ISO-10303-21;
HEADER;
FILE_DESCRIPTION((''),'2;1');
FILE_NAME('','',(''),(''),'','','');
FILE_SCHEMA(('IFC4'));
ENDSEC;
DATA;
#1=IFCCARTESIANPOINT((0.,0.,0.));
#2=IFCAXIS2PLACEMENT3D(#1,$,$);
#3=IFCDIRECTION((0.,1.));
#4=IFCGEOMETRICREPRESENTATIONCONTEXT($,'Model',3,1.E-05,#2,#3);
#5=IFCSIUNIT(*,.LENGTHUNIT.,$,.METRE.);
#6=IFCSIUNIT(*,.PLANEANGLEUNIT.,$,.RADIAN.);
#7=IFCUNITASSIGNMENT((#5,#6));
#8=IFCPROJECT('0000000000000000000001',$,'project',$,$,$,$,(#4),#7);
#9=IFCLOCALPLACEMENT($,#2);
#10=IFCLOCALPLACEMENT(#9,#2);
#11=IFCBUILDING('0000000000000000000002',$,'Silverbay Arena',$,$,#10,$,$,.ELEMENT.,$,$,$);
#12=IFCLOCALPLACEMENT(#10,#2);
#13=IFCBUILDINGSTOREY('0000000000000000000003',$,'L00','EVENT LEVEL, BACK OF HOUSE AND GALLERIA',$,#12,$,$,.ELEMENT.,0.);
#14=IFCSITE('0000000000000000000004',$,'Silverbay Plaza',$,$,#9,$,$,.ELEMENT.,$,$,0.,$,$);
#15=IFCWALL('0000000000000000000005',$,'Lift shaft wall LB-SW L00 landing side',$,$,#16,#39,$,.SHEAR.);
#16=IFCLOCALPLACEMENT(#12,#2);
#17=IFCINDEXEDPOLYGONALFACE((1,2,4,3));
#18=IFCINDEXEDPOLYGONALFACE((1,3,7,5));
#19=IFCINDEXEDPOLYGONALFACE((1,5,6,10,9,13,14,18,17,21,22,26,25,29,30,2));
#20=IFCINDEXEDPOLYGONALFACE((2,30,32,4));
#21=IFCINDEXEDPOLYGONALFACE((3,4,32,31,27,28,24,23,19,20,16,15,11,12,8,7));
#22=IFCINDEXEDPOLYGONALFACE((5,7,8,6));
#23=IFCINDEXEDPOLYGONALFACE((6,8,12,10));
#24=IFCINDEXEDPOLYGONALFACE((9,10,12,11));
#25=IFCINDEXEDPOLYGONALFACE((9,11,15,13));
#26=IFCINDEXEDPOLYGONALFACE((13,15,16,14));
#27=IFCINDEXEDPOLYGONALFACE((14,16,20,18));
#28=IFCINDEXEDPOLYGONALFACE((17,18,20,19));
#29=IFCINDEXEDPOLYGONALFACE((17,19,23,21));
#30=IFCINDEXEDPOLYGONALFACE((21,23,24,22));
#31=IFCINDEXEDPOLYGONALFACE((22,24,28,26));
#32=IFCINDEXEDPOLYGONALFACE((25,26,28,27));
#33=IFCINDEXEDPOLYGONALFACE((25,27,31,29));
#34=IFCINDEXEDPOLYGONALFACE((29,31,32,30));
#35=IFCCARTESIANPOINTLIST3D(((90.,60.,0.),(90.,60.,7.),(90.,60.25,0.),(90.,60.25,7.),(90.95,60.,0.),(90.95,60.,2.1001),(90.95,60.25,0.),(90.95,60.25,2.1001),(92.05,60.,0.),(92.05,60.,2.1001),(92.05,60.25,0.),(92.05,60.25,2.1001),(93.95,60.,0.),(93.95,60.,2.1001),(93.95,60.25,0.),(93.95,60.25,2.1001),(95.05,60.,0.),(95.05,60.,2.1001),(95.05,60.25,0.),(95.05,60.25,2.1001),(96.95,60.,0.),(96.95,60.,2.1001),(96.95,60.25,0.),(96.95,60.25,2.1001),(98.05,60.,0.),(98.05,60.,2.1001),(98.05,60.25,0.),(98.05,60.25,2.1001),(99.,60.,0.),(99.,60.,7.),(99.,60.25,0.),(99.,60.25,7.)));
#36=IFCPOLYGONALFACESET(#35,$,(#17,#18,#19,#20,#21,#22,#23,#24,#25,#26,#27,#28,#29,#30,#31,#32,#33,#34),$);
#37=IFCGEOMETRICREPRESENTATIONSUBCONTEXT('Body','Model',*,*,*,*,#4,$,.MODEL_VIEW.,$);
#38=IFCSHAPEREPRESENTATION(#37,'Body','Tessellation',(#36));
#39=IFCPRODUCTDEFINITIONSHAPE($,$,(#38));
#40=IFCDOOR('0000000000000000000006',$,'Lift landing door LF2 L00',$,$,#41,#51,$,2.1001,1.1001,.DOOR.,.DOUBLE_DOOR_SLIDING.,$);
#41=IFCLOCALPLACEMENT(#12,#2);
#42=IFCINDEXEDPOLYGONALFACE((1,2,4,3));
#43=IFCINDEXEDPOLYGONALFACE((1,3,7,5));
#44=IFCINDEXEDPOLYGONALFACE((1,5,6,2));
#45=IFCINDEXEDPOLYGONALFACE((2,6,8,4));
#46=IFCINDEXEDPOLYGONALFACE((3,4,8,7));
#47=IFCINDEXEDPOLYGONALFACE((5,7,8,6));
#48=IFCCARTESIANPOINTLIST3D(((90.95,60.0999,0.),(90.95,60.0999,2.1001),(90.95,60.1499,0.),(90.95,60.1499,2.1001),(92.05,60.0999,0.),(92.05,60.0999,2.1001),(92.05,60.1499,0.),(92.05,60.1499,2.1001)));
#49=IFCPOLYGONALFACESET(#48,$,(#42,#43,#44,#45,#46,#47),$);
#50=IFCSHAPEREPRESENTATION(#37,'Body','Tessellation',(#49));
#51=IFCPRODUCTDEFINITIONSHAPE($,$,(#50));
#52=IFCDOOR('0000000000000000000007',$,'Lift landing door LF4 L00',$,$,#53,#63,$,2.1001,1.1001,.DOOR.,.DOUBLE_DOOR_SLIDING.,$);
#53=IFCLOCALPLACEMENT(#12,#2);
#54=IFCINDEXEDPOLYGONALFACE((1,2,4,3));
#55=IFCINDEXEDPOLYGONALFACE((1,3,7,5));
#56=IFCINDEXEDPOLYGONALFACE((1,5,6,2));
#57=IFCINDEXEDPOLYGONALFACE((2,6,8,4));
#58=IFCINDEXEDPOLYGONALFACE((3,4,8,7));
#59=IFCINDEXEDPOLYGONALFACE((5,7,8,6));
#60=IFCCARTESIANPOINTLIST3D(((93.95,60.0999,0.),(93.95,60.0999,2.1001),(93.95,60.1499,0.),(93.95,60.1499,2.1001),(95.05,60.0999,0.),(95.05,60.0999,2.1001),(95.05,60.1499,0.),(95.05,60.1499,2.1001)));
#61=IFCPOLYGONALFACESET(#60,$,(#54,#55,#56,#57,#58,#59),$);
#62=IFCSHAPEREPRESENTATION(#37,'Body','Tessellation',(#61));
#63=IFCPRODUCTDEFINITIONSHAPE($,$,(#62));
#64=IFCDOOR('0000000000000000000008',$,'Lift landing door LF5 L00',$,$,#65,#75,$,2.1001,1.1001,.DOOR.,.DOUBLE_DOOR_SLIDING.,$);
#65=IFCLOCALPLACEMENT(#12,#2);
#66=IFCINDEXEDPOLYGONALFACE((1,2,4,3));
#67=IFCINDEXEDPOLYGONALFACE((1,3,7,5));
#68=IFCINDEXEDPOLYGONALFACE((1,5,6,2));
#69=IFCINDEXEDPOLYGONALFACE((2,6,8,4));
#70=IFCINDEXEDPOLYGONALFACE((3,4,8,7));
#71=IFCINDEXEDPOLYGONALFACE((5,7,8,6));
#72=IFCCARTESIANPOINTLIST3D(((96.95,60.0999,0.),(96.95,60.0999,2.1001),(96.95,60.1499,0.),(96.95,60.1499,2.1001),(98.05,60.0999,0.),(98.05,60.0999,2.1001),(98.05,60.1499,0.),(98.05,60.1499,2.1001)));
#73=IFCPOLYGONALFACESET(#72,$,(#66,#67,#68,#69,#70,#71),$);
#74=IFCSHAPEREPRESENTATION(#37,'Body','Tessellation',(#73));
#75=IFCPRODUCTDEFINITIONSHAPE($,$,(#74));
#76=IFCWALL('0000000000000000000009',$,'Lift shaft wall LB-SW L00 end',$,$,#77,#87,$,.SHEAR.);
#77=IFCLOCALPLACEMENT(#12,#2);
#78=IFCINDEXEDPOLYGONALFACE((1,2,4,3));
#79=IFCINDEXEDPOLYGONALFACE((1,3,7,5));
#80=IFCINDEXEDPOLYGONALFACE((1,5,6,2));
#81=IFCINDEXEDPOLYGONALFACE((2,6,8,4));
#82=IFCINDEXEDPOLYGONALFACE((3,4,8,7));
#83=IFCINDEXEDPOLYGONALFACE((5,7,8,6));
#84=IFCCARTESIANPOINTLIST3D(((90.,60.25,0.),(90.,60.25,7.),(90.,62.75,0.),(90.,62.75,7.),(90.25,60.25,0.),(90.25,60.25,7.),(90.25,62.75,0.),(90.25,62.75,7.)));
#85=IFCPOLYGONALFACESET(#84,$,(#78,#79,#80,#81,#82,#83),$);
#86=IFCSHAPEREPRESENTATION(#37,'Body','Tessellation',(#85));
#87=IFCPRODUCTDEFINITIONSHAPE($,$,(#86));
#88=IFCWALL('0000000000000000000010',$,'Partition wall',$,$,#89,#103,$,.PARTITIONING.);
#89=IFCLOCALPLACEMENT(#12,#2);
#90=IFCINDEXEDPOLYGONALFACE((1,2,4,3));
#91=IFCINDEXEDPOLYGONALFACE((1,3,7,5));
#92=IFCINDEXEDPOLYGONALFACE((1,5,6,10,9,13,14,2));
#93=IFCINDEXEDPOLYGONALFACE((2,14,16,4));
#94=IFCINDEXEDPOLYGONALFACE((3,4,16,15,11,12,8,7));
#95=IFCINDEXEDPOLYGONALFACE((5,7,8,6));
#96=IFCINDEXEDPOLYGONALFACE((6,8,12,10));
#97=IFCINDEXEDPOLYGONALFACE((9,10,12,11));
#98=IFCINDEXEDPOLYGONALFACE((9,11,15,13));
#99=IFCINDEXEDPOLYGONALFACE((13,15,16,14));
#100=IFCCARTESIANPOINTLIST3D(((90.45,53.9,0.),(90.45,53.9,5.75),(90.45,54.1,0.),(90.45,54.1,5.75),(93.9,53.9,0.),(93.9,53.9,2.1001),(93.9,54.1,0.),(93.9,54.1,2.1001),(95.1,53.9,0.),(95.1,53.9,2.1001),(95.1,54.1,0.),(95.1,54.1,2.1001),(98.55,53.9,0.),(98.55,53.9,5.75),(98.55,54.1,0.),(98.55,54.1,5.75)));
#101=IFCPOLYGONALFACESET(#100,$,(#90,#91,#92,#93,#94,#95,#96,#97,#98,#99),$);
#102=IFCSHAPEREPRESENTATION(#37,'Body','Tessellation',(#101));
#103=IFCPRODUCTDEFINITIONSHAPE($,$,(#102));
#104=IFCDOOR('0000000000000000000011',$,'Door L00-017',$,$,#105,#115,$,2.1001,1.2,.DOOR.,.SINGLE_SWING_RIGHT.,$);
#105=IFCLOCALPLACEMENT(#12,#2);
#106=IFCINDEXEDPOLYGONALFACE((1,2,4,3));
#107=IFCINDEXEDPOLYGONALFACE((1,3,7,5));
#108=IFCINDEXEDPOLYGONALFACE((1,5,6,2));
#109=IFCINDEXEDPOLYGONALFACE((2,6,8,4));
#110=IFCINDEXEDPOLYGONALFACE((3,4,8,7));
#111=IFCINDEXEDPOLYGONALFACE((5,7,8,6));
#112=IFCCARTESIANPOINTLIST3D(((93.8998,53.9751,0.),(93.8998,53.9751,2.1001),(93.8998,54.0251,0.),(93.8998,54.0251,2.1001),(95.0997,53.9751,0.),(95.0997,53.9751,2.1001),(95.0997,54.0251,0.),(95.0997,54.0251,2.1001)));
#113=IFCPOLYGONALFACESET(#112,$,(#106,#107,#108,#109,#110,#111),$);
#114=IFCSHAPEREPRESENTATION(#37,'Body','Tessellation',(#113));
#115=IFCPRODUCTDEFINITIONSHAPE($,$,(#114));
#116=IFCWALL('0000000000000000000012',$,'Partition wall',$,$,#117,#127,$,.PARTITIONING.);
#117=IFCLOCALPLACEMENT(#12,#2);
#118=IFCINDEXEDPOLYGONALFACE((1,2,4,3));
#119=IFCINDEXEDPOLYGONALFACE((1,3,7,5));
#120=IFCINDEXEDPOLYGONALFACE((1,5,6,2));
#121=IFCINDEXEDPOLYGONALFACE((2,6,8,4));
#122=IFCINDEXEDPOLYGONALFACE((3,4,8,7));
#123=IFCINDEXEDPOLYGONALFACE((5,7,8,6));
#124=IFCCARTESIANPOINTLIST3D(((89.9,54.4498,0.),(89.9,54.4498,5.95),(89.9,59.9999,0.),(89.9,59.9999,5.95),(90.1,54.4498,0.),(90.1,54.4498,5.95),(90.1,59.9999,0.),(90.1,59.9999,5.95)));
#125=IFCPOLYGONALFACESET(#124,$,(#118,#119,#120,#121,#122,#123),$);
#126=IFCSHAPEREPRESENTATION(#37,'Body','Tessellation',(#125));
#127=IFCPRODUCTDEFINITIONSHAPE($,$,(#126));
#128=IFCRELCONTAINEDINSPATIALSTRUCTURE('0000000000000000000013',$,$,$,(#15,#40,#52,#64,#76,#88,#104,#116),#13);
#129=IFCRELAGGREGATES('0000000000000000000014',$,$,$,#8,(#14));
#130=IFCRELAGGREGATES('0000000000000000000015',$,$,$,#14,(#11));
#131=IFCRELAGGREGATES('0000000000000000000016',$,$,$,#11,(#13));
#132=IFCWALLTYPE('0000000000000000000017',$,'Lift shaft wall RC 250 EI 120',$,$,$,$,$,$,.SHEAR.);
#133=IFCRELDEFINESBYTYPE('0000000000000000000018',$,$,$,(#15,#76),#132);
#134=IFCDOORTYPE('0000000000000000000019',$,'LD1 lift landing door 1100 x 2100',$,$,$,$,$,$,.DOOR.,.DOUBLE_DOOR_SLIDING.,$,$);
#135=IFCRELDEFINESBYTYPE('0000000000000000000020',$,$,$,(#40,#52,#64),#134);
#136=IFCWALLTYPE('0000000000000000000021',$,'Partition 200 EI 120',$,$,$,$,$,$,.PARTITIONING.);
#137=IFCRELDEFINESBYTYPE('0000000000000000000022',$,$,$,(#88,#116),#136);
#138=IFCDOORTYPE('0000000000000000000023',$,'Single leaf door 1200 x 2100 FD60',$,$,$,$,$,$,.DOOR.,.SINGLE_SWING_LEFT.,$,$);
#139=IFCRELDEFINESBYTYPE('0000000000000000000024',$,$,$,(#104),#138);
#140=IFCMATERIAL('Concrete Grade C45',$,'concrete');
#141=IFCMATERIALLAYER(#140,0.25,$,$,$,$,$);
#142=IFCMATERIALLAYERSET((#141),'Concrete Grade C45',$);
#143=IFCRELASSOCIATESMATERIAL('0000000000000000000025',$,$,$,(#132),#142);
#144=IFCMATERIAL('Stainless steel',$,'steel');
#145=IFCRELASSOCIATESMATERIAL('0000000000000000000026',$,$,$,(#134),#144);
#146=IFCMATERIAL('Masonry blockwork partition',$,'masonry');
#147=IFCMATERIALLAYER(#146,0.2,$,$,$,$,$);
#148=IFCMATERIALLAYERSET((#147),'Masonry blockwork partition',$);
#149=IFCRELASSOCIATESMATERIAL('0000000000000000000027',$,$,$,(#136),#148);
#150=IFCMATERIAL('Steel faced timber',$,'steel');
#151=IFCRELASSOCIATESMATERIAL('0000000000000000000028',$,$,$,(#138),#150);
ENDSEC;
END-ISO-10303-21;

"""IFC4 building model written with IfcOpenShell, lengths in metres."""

from ifc_helpers import new_model, si_unit, direction, frame, frame_2d, origin, place, context, subcontext, project, spatial, rectangle, extrude, material, layer, layer_set, type_object, element, fill, save


model = new_model("IFC4")

# Units and contexts
model_context = context("Model", 3, precision=1e-05, world=origin(), true_north=direction((0.0, 1.0)))
body_context = subcontext(model_context, "Body", "Model", "MODEL_VIEW")
ifc_project = project(units=[si_unit("LENGTHUNIT", "METRE"), si_unit("PLANEANGLEUNIT", "RADIAN")], contexts=[model_context])

# Site, building, storey
site_placement = place(None, origin())
site = spatial("IfcSite", under=ifc_project, at=site_placement, Name="Silverbay Plaza", CompositionType="ELEMENT", RefElevation=0.0)
building_placement = place(site_placement, origin())
building = spatial("IfcBuilding", under=site, at=building_placement, Name="Silverbay Arena", CompositionType="ELEMENT")
storey_placement = place(building_placement, origin())
storey = spatial("IfcBuildingStorey", under=building, at=storey_placement, Name="L00", Description="EVENT LEVEL, BACK OF HOUSE AND GALLERIA", CompositionType="ELEMENT", Elevation=0.0)

# Wall, openings, doors
ifc_material_1 = material(Name="Concrete Grade C45", Category="concrete")
ifc_layer_1 = layer(ifc_material_1, 0.25)
ifc_layer_set_1 = layer_set([ifc_layer_1], Name="Concrete Grade C45")
wall_type_1 = type_object("IfcWallType", Name="Lift shaft wall RC 250 EI 120", PredefinedType="SHEAR", material=ifc_layer_set_1)
wall_1_placement = place(storey_placement, frame((90.0, 60.125, 0.0), z_axis=(0.0, 0.0, 1.0), x_axis=(1.0, 0.0, 0.0)))
wall_1 = element("IfcWall", 1, at=wall_1_placement, inside=storey, type_object=wall_type_1, Name="Lift shaft wall LB-SW L00 landing side", PredefinedType="SHEAR", context=body_context, shape_type="SweptSolid", body=[
    extrude(rectangle(XDim=9.0, YDim=0.25, at=frame_2d((4.5, 0.0))), origin(), (0.0, 0.0, 1.0), 7.0),
])
opening_1_placement = place(wall_1_placement, frame((0.95, 0.0, 0.0)))
opening_1 = element("IfcOpeningElement", 2, at=opening_1_placement, cuts=wall_1, PredefinedType="OPENING", context=body_context, shape_type="SweptSolid", body=[
    extrude(rectangle(XDim=1.1001, YDim=2.1001, at=frame_2d((0.55, 1.05))), frame((0.0, 0.135, 0.0), z_axis=(0.0, -1.0, 0.0), x_axis=(1.0, 0.0, 0.0)), (0.0, 0.0, 1.0), 0.27),
])
opening_2_placement = place(wall_1_placement, frame((3.95, 0.0, 0.0)))
opening_2 = element("IfcOpeningElement", 3, at=opening_2_placement, cuts=wall_1, PredefinedType="OPENING", context=body_context, shape_type="SweptSolid", body=[
    extrude(rectangle(XDim=1.1001, YDim=2.1001, at=frame_2d((0.55, 1.05))), frame((0.0, 0.135, 0.0), z_axis=(0.0, -1.0, 0.0), x_axis=(1.0, 0.0, 0.0)), (0.0, 0.0, 1.0), 0.27),
])
opening_3_placement = place(wall_1_placement, frame((6.95, 0.0, 0.0)))
opening_3 = element("IfcOpeningElement", 4, at=opening_3_placement, cuts=wall_1, PredefinedType="OPENING", context=body_context, shape_type="SweptSolid", body=[
    extrude(rectangle(XDim=1.1001, YDim=2.1001, at=frame_2d((0.55, 1.05))), frame((0.0, 0.135, 0.0), z_axis=(0.0, -1.0, 0.0), x_axis=(1.0, 0.0, 0.0)), (0.0, 0.0, 1.0), 0.27),
])
ifc_material_2 = material(Name="Stainless steel", Category="steel")
door_type_1 = type_object("IfcDoorType", Name="LD1 lift landing door 1100 x 2100", OperationType="DOUBLE_DOOR_SLIDING", PredefinedType="DOOR", material=ifc_material_2)
door_1_placement = place(opening_1_placement, origin())
door_1 = element("IfcDoor", 5, at=door_1_placement, inside=storey, type_object=door_type_1, Name="Lift landing door LF2 L00", OperationType="DOUBLE_DOOR_SLIDING", OverallHeight=2.1001, OverallWidth=1.1001, PredefinedType="DOOR", context=body_context, shape_type="SweptSolid", body=[
    extrude(rectangle(XDim=1.1001, YDim=2.1001, at=frame_2d((0.55, 1.05))), frame((0.0, 0.0249, 0.0), z_axis=(0.0, -1.0, 0.0), x_axis=(1.0, 0.0, 0.0)), (0.0, 0.0, 1.0), 0.05),
])
fill(opening_1, door_1)
door_2_placement = place(opening_2_placement, origin())
door_2 = element("IfcDoor", 6, at=door_2_placement, inside=storey, type_object=door_type_1, Name="Lift landing door LF4 L00", OperationType="DOUBLE_DOOR_SLIDING", OverallHeight=2.1001, OverallWidth=1.1001, PredefinedType="DOOR", context=body_context, shape_type="SweptSolid", body=[
    extrude(rectangle(XDim=1.1001, YDim=2.1001, at=frame_2d((0.55, 1.05))), frame((0.0, 0.0249, 0.0), z_axis=(0.0, -1.0, 0.0), x_axis=(1.0, 0.0, 0.0)), (0.0, 0.0, 1.0), 0.05),
])
fill(opening_2, door_2)
door_3_placement = place(opening_3_placement, origin())
door_3 = element("IfcDoor", 7, at=door_3_placement, inside=storey, type_object=door_type_1, Name="Lift landing door LF5 L00", OperationType="DOUBLE_DOOR_SLIDING", OverallHeight=2.1001, OverallWidth=1.1001, PredefinedType="DOOR", context=body_context, shape_type="SweptSolid", body=[
    extrude(rectangle(XDim=1.1001, YDim=2.1001, at=frame_2d((0.55, 1.05))), frame((0.0, 0.0249, 0.0), z_axis=(0.0, -1.0, 0.0), x_axis=(1.0, 0.0, 0.0)), (0.0, 0.0, 1.0), 0.05),
])
fill(opening_3, door_3)

# Wall
wall_2_placement = place(storey_placement, frame((90.125, 60.25, 0.0), z_axis=(0.0, 0.0, 1.0), x_axis=(0.0, 1.0, 0.0)))
element("IfcWall", 8, at=wall_2_placement, inside=storey, type_object=wall_type_1, Name="Lift shaft wall LB-SW L00 end", PredefinedType="SHEAR", context=body_context, shape_type="SweptSolid", body=[
    extrude(rectangle(XDim=2.5, YDim=0.25, at=frame_2d((1.25, 0.0))), origin(), (0.0, 0.0, 1.0), 7.0),
])

# Wall, opening, door
ifc_material_3 = material(Name="Masonry blockwork partition", Category="masonry")
ifc_layer_2 = layer(ifc_material_3, 0.2)
ifc_layer_set_2 = layer_set([ifc_layer_2], Name="Masonry blockwork partition")
wall_type_2 = type_object("IfcWallType", Name="Partition 200 EI 120", PredefinedType="PARTITIONING", material=ifc_layer_set_2)
wall_3_placement = place(storey_placement, frame((90.45, 54.0, 0.0), z_axis=(0.0, 0.0, 1.0), x_axis=(1.0, 0.0, 0.0)))
wall_3 = element("IfcWall", 9, at=wall_3_placement, inside=storey, type_object=wall_type_2, Name="Partition wall", PredefinedType="PARTITIONING", context=body_context, shape_type="SweptSolid", body=[
    extrude(rectangle(XDim=8.1001, YDim=0.2, at=frame_2d((4.05, 0.0))), origin(), (0.0, 0.0, 1.0), 5.75),
])
opening_4_placement = place(wall_3_placement, frame((3.45, 0.0, 0.0)))
opening_4 = element("IfcOpeningElement", 10, at=opening_4_placement, cuts=wall_3, PredefinedType="OPENING", context=body_context, shape_type="SweptSolid", body=[
    extrude(rectangle(XDim=1.2, YDim=2.1001, at=frame_2d((0.6001, 1.05))), frame((0.0, 0.1099, 0.0), z_axis=(0.0, -1.0, 0.0), x_axis=(1.0, 0.0, 0.0)), (0.0, 0.0, 1.0), 0.22),
])
ifc_material_4 = material(Name="Steel faced timber", Category="steel")
door_type_2 = type_object("IfcDoorType", Name="Single leaf door 1200 x 2100 FD60", OperationType="SINGLE_SWING_LEFT", PredefinedType="DOOR", material=ifc_material_4)
door_4_placement = place(opening_4_placement, frame((1.2, 0.0, 0.0), z_axis=(0.0, 0.0, 1.0), x_axis=(-1.0, 0.0, 0.0)))
door_4 = element("IfcDoor", 11, at=door_4_placement, inside=storey, type_object=door_type_2, Name="Door L00-017", OperationType="SINGLE_SWING_RIGHT", OverallHeight=2.1001, OverallWidth=1.2, PredefinedType="DOOR", context=body_context, shape_type="SweptSolid", body=[
    extrude(rectangle(XDim=1.2, YDim=2.1001, at=frame_2d((0.6001, 1.05))), frame((0.0, 0.0249, 0.0), z_axis=(0.0, -1.0, 0.0), x_axis=(1.0, 0.0, 0.0)), (0.0, 0.0, 1.0), 0.05),
])
fill(opening_4, door_4)

# Wall
wall_4_placement = place(storey_placement, frame((90.0, 54.45, 0.0), z_axis=(0.0, 0.0, 1.0), x_axis=(0.0, 1.0, 0.0)))
element("IfcWall", 12, at=wall_4_placement, inside=storey, type_object=wall_type_2, Name="Partition wall", PredefinedType="PARTITIONING", context=body_context, shape_type="SweptSolid", body=[
    extrude(rectangle(XDim=5.55, YDim=0.2, at=frame_2d((2.7749, 0.0))), origin(), (0.0, 0.0, 1.0), 5.95),
])

save(model, "model.ifc")
